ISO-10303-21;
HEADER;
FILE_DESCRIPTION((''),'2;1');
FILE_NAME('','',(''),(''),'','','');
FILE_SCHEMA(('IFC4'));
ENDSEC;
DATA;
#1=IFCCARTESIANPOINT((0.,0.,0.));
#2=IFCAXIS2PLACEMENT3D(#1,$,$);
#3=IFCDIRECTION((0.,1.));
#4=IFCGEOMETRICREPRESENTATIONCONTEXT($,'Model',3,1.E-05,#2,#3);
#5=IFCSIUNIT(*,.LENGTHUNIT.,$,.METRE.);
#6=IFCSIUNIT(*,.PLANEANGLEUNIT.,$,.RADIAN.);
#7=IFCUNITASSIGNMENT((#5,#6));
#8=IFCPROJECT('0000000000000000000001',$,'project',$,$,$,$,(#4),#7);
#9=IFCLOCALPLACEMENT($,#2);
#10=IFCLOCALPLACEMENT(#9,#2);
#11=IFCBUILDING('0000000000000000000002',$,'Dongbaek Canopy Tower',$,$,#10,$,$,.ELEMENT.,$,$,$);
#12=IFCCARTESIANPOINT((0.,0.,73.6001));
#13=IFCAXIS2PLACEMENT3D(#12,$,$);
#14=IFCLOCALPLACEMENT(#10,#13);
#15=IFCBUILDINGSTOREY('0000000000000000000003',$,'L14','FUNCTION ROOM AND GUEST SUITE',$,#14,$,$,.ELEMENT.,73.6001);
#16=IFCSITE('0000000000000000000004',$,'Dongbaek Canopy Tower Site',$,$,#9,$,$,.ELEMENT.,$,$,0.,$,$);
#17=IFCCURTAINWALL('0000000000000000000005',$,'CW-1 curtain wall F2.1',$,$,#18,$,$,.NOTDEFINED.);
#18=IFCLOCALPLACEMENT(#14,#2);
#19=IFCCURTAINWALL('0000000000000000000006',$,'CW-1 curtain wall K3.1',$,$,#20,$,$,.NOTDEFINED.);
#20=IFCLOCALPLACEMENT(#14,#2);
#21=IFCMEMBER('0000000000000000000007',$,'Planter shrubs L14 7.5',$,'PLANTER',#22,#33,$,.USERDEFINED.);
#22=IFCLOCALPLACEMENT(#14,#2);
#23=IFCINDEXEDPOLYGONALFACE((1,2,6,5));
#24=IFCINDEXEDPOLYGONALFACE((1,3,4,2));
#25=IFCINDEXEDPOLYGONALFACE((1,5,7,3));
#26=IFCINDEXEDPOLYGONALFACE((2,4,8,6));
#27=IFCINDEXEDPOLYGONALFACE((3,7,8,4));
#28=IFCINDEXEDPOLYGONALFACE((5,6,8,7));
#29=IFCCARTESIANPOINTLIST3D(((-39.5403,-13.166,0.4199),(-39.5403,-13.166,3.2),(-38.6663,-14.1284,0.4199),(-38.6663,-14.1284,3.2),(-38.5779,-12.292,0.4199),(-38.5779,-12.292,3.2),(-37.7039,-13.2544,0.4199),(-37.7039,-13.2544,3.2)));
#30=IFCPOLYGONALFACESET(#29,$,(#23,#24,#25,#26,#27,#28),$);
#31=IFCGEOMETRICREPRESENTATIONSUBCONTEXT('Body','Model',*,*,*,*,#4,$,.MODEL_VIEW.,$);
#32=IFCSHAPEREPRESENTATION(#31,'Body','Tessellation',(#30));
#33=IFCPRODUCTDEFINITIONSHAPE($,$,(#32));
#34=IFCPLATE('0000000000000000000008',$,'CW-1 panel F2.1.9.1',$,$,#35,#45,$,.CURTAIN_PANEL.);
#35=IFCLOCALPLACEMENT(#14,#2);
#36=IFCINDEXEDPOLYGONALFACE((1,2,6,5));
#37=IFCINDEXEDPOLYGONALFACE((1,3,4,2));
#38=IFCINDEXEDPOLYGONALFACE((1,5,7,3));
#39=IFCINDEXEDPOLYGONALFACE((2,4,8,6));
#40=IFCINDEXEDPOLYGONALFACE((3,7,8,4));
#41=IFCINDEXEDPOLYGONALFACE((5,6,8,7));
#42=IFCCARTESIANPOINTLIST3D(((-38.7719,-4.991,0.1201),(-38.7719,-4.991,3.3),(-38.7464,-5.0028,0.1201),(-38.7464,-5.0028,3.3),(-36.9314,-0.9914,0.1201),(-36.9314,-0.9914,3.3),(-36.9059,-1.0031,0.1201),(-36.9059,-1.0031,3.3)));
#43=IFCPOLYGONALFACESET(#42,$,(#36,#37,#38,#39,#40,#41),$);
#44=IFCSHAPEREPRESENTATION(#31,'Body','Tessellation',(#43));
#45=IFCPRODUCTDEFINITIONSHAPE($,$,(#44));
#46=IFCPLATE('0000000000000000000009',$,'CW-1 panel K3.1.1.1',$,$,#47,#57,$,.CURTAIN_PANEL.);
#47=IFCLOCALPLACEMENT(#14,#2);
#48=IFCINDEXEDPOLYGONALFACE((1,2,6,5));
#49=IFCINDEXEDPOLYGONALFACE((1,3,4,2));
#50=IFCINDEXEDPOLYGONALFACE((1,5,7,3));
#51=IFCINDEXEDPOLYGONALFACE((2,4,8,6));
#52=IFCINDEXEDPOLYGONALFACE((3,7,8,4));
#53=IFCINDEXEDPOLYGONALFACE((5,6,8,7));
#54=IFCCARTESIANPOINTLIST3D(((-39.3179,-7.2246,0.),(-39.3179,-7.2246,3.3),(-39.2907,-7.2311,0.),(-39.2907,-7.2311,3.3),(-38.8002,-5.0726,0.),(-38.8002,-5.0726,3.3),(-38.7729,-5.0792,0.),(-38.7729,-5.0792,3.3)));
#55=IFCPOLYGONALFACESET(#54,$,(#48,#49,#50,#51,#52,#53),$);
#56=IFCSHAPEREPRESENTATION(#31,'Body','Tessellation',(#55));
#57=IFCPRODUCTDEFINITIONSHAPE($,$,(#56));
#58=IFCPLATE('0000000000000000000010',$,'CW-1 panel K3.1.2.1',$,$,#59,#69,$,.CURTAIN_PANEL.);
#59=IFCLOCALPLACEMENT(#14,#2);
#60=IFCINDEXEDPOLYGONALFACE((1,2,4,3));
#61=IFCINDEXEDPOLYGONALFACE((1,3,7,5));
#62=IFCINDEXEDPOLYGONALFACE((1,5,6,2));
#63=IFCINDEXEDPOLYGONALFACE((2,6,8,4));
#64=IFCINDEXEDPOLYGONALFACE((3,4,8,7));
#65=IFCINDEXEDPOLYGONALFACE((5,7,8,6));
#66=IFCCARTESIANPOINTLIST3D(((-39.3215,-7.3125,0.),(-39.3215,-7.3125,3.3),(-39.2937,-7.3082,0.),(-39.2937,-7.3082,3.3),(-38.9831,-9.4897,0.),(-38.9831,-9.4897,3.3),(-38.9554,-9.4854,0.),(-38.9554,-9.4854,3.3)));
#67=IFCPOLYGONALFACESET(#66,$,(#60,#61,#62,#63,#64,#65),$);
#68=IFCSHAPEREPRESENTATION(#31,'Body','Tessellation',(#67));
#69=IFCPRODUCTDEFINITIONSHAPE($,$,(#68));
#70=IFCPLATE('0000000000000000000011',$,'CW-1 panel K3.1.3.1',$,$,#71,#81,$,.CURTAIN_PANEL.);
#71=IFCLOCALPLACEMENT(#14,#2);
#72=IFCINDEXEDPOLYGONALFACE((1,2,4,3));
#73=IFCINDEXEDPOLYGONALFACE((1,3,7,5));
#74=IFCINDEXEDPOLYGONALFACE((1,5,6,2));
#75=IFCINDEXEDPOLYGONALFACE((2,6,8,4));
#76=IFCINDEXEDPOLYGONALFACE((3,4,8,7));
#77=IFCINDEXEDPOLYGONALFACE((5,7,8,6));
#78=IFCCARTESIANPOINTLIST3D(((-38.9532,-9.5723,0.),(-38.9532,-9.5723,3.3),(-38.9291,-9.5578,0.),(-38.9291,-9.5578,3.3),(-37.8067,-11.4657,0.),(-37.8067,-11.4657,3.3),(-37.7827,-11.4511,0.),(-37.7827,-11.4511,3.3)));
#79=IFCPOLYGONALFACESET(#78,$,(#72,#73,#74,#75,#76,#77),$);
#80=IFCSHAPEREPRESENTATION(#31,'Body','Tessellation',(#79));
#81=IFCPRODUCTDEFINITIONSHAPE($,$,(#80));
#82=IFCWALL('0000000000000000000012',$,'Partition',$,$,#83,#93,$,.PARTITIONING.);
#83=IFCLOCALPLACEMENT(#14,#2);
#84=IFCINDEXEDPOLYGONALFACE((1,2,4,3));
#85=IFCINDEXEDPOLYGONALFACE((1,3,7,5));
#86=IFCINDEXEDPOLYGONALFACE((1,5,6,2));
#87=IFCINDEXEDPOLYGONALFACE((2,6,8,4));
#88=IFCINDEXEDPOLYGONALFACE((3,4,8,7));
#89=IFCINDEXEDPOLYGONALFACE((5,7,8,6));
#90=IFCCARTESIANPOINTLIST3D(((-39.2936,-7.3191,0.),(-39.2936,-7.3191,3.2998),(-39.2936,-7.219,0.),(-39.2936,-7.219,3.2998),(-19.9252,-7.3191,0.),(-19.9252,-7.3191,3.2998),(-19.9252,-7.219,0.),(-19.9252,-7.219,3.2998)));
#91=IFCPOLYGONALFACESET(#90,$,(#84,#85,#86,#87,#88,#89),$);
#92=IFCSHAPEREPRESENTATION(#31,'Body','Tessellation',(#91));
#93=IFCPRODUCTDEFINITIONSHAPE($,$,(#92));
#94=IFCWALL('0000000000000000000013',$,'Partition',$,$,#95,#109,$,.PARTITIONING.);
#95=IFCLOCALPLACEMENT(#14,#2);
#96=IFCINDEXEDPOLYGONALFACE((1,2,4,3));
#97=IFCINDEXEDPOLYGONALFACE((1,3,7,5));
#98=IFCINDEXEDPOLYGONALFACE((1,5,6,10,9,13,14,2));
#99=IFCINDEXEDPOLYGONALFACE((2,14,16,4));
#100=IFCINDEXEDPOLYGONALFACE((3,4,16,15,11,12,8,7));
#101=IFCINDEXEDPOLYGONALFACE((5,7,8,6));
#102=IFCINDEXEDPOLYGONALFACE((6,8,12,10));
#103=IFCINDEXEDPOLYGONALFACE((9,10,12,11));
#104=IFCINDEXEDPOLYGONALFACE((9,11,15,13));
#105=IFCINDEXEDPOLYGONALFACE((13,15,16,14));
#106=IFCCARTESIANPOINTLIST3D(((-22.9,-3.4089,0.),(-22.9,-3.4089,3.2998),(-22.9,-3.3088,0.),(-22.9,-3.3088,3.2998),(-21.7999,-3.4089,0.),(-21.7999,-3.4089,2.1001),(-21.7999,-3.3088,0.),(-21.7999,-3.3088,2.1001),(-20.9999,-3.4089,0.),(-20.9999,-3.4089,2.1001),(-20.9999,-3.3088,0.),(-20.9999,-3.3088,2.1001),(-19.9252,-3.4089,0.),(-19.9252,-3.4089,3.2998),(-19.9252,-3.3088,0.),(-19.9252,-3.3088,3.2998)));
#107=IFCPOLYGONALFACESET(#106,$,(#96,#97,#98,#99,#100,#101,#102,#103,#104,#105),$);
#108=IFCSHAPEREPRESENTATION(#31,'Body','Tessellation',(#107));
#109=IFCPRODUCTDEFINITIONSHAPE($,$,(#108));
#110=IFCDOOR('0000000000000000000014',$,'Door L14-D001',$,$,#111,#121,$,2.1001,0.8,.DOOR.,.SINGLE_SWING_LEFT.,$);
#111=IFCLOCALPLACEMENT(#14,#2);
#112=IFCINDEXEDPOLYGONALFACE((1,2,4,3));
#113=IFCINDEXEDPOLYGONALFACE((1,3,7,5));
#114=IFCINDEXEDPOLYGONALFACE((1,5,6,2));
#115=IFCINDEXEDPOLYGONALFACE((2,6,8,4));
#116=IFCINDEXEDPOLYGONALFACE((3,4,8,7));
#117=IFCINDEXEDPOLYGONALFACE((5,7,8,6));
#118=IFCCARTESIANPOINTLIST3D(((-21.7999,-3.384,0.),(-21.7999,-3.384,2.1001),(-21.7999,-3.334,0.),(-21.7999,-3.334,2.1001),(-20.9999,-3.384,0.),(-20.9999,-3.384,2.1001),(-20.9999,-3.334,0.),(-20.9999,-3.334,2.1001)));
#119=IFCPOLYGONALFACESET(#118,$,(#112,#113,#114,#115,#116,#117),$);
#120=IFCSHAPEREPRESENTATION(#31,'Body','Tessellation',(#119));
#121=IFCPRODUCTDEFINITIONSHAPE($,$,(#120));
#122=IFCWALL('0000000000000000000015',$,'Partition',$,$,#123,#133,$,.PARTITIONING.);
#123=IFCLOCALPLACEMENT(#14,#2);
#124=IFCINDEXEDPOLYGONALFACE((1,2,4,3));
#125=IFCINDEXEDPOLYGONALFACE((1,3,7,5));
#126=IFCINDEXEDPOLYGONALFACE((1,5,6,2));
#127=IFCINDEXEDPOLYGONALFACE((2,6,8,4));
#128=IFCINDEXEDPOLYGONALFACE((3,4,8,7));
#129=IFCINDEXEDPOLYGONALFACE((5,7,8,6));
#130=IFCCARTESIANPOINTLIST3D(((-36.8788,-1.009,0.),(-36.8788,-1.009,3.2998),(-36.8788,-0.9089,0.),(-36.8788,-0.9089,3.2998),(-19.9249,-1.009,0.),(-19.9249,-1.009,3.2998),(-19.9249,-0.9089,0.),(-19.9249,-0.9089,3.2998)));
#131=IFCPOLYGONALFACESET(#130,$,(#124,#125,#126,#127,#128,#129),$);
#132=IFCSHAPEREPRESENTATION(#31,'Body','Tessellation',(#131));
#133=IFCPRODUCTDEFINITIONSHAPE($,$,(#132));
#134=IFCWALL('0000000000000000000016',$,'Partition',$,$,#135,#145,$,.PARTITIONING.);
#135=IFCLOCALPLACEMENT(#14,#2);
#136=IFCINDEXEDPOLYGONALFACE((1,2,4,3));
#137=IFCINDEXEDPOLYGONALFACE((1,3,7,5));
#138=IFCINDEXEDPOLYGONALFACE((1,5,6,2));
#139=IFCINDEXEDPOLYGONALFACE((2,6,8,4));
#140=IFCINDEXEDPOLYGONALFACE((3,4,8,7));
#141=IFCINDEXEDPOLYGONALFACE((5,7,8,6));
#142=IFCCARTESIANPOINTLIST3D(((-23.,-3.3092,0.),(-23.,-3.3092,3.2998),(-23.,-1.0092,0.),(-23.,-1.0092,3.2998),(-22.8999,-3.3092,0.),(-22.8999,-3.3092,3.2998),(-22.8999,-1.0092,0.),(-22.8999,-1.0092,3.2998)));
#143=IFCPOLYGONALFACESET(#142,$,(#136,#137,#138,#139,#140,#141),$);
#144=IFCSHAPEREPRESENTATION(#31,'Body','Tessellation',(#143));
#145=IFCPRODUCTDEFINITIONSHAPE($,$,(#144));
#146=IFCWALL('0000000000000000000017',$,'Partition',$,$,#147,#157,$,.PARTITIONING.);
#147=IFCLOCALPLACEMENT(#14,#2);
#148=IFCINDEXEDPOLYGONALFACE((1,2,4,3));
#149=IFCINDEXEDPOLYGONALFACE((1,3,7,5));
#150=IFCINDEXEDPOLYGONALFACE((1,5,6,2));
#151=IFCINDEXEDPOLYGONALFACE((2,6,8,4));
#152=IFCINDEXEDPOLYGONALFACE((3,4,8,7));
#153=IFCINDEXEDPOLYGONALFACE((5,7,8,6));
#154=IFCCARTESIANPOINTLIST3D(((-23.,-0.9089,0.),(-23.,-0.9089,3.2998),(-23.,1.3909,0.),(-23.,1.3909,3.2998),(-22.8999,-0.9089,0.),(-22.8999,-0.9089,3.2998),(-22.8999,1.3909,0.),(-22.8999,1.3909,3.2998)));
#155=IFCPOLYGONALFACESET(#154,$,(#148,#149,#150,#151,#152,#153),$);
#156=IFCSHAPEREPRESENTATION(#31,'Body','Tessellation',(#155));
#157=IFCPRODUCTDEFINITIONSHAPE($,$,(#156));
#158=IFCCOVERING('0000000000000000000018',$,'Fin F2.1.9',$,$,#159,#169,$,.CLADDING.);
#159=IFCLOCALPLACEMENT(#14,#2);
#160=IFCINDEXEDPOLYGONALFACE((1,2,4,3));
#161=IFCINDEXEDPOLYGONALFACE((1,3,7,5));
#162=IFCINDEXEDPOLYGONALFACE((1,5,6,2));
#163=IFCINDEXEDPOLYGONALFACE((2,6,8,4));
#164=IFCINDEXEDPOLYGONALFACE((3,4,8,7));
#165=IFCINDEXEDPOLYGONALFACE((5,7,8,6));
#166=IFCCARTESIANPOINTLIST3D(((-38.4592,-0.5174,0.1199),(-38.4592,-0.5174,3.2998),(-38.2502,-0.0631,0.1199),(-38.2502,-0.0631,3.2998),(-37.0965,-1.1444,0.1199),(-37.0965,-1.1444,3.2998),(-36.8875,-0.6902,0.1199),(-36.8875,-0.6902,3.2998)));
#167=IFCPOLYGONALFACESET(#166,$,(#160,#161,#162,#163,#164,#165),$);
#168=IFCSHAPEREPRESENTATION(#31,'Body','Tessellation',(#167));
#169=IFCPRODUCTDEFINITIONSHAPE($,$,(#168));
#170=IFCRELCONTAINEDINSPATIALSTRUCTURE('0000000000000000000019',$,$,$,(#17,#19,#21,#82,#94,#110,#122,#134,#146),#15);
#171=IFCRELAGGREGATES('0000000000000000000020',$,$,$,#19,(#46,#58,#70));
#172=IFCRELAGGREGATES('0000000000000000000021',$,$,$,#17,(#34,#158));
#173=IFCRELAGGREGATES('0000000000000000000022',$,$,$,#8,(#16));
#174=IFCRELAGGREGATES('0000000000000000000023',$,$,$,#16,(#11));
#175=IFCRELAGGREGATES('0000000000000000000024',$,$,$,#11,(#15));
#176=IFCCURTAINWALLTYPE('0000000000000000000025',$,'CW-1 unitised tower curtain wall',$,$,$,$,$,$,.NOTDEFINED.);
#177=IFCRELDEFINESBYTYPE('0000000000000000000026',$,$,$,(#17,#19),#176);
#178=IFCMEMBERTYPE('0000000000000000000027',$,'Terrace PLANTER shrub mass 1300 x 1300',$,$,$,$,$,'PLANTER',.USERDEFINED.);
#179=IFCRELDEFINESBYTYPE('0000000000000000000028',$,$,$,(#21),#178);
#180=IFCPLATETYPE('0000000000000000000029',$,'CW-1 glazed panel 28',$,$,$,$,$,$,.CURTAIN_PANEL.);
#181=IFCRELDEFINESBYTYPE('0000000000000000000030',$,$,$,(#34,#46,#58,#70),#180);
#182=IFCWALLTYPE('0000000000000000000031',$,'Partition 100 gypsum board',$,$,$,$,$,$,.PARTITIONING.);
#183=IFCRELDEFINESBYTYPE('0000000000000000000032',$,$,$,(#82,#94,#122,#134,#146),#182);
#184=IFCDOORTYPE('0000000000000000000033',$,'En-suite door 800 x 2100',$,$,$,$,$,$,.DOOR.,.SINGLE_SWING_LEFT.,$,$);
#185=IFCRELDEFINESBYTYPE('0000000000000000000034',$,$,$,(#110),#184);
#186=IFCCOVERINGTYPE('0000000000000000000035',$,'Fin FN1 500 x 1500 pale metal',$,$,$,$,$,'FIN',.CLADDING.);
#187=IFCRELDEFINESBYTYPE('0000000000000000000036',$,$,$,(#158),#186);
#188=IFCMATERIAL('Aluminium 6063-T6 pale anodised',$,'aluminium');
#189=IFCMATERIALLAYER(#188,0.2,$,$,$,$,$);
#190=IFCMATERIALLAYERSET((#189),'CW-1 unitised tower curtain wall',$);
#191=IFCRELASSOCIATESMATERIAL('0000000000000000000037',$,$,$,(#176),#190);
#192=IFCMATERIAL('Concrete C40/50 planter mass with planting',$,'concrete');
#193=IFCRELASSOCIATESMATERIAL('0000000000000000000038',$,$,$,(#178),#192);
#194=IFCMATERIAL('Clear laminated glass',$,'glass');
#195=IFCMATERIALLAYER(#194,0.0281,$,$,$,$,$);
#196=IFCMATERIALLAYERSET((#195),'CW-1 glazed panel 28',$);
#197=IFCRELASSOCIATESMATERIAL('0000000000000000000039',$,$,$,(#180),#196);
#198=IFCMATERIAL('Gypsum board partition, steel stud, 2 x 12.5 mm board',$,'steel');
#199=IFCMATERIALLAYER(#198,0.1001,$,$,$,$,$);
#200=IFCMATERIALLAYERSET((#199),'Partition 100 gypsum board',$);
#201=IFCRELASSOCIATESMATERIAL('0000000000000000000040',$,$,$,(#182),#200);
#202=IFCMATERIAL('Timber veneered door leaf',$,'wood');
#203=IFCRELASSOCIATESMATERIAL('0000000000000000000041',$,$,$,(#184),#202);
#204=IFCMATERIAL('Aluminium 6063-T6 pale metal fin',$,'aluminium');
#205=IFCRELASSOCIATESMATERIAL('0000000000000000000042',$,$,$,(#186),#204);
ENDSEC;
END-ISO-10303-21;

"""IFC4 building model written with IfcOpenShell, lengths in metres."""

from ifc_helpers import new_model, si_unit, direction, frame, frame_2d, origin, origin_2d, place, context, subcontext, project, spatial, rectangle, extrude, material, layer, layer_set, material_profile, profile_set, type_object, element, fill, aggregate, save


model = new_model("IFC4")

# Units and contexts
model_context = context("Model", 3, precision=1e-05, world=origin(), true_north=direction((0.0, 1.0)))
body_context = subcontext(model_context, "Body", "Model", "MODEL_VIEW")
ifc_project = project(units=[si_unit("LENGTHUNIT", "METRE"), si_unit("PLANEANGLEUNIT", "RADIAN")], contexts=[model_context])

# Site, building, storey
site_placement = place(None, origin())
site = spatial("IfcSite", under=ifc_project, at=site_placement, Name="Dongbaek Canopy Tower Site", CompositionType="ELEMENT", RefElevation=0.0)
building_placement = place(site_placement, origin())
building = spatial("IfcBuilding", under=site, at=building_placement, Name="Dongbaek Canopy Tower", CompositionType="ELEMENT")
storey_placement = place(building_placement, frame((0.0, 0.0, 73.6001)))
storey = spatial("IfcBuildingStorey", under=building, at=storey_placement, Name="L14", Description="FUNCTION ROOM AND GUEST SUITE", CompositionType="ELEMENT", Elevation=73.6001)

# Curtain walls
ifc_material_1 = material(Name="Aluminium 6063-T6 pale anodised", Category="aluminium")
ifc_layer_1 = layer(ifc_material_1, 0.2)
ifc_layer_set_1 = layer_set([ifc_layer_1], Name="CW-1 unitised tower curtain wall")
curtain_wall_type = type_object("IfcCurtainWallType", Name="CW-1 unitised tower curtain wall", PredefinedType="NOTDEFINED", material=ifc_layer_set_1)
curtain_wall_1_placement = place(storey_placement, origin())
curtain_wall_1 = element("IfcCurtainWall", 1, at=curtain_wall_1_placement, inside=storey, type_object=curtain_wall_type, Name="CW-1 curtain wall F2.1", PredefinedType="NOTDEFINED")
curtain_wall_2_placement = place(storey_placement, origin())
curtain_wall_2 = element("IfcCurtainWall", 2, at=curtain_wall_2_placement, inside=storey, type_object=curtain_wall_type, Name="CW-1 curtain wall K3.1", PredefinedType="NOTDEFINED")

# Member
ifc_material_2 = material(Name="Concrete C40/50 planter mass with planting", Category="concrete")
ifc_material_profile_1 = material_profile(ifc_material_2, rectangle(XDim=1.3, YDim=1.3, at=origin_2d()), Name="Terrace PLANTER shrub mass 1300 x 1300")
ifc_profile_set_1 = profile_set([ifc_material_profile_1], Name="Concrete C40/50 planter mass with planting")
member_type_1 = type_object("IfcMemberType", Name="Terrace PLANTER shrub mass 1300 x 1300", ElementType="PLANTER", PredefinedType="USERDEFINED", material=ifc_profile_set_1)
member_1_placement = place(storey_placement, frame((-38.6221, -13.2102, 0.4199), z_axis=(0.0, 0.0, 1.0), x_axis=(-0.740276, -0.672303, 0.0)))
element("IfcMember", 3, at=member_1_placement, inside=storey, type_object=member_type_1, Name="Planter shrubs L14 7.5", ObjectType="PLANTER", PredefinedType="USERDEFINED", context=body_context, shape_type="SweptSolid", body=[
    extrude(rectangle(XDim=1.3, YDim=1.3, at=origin_2d()), origin(), (0.0, 0.0, 1.0), 2.78),
])

# Plates
ifc_material_3 = material(Name="Clear laminated glass", Category="glass")
ifc_layer_2 = layer(ifc_material_3, 0.0281)
ifc_layer_set_2 = layer_set([ifc_layer_2], Name="CW-1 glazed panel 28")
plate_type = type_object("IfcPlateType", Name="CW-1 glazed panel 28", PredefinedType="CURTAIN_PANEL", material=ifc_layer_set_2)
plate_1_placement = place(storey_placement, frame((-37.8389, -2.9971, 0.1201), z_axis=(0.0, 0.0, 1.0), x_axis=(-0.418025, -0.908436, 0.0)))
plate_1 = element("IfcPlate", 4, at=plate_1_placement, type_object=plate_type, Name="CW-1 panel F2.1.9.1", PredefinedType="CURTAIN_PANEL", context=body_context, shape_type="SweptSolid", body=[
    extrude(rectangle(XDim=4.4028, YDim=0.0281, at=origin_2d()), origin(), (0.0, 0.0, 1.0), 3.1799),
])
plate_2_placement = place(storey_placement, frame((-39.0454, -6.1519, 0.0), z_axis=(0.0, 0.0, 1.0), x_axis=(-0.233932, -0.972253, 0.0)))
plate_2 = element("IfcPlate", 5, at=plate_2_placement, type_object=plate_type, Name="CW-1 panel K3.1.1.1", PredefinedType="CURTAIN_PANEL", context=body_context, shape_type="SweptSolid", body=[
    extrude(rectangle(XDim=2.2134, YDim=0.0281, at=origin_2d()), origin(), (0.0, 0.0, 1.0), 3.3),
])
plate_3_placement = place(storey_placement, frame((-39.1384, -8.3989, 0.0), z_axis=(0.0, 0.0, 1.0), x_axis=(0.153569, -0.988138, 0.0)))
plate_3 = element("IfcPlate", 6, at=plate_3_placement, type_object=plate_type, Name="CW-1 panel K3.1.2.1", PredefinedType="CURTAIN_PANEL", context=body_context, shape_type="SweptSolid", body=[
    extrude(rectangle(XDim=2.2034, YDim=0.0281, at=origin_2d()), origin(), (0.0, 0.0, 1.0), 3.3),
])
plate_4_placement = place(storey_placement, frame((-38.3679, -10.5117, 0.0), z_axis=(0.0, 0.0, 1.0), x_axis=(0.517971, -0.855398, 0.0)))
plate_4 = element("IfcPlate", 7, at=plate_4_placement, type_object=plate_type, Name="CW-1 panel K3.1.3.1", PredefinedType="CURTAIN_PANEL", context=body_context, shape_type="SweptSolid", body=[
    extrude(rectangle(XDim=2.2134, YDim=0.0281, at=origin_2d()), origin(), (0.0, 0.0, 1.0), 3.3),
])
aggregate(curtain_wall_2, [plate_2, plate_3, plate_4])

# Wall
ifc_material_4 = material(Name="Gypsum board partition, steel stud, 2 x 12.5 mm board", Category="steel")
ifc_layer_3 = layer(ifc_material_4, 0.1001)
ifc_layer_set_3 = layer_set([ifc_layer_3], Name="Partition 100 gypsum board")
wall_type_1 = type_object("IfcWallType", Name="Partition 100 gypsum board", PredefinedType="PARTITIONING", material=ifc_layer_set_3)
wall_1_placement = place(storey_placement, frame((-39.2935, -7.269, 0.0), z_axis=(0.0, 0.0, 1.0), x_axis=(1.0, 0.0, 0.0)))
element("IfcWall", 8, at=wall_1_placement, inside=storey, type_object=wall_type_1, Name="Partition", PredefinedType="PARTITIONING", context=body_context, shape_type="SweptSolid", body=[
    extrude(rectangle(XDim=19.3684, YDim=0.1001, at=frame_2d((9.6841, 0.0))), origin(), (0.0, 0.0, 1.0), 3.2998),
])

# Wall, opening, door
wall_2_placement = place(storey_placement, frame((-22.8999, -3.3589, 0.0), z_axis=(0.0, 0.0, 1.0), x_axis=(1.0, 0.0, 0.0)))
wall_2 = element("IfcWall", 9, at=wall_2_placement, inside=storey, type_object=wall_type_1, Name="Partition", PredefinedType="PARTITIONING", context=body_context, shape_type="SweptSolid", body=[
    extrude(rectangle(XDim=2.9749, YDim=0.1001, at=frame_2d((1.4873, 0.0))), origin(), (0.0, 0.0, 1.0), 3.2998),
])
opening_1_placement = place(wall_2_placement, frame((1.1001, 0.0, 0.0)))
opening_1 = element("IfcOpeningElement", 10, at=opening_1_placement, cuts=wall_2, PredefinedType="OPENING", context=body_context, shape_type="SweptSolid", body=[
    extrude(rectangle(XDim=0.8, YDim=2.1001, at=frame_2d((0.3999, 1.05))), frame((0.0, 0.0601, 0.0), z_axis=(0.0, -1.0, 0.0), x_axis=(1.0, 0.0, 0.0)), (0.0, 0.0, 1.0), 0.1201),
])
ifc_material_5 = material(Name="Timber veneered door leaf", Category="wood")
door_type_1 = type_object("IfcDoorType", Name="En-suite door 800 x 2100", OperationType="SINGLE_SWING_LEFT", PredefinedType="DOOR", material=ifc_material_5)
door_1_placement = place(opening_1_placement, origin())
door_1 = element("IfcDoor", 11, at=door_1_placement, inside=storey, type_object=door_type_1, Name="Door L14-D001", OperationType="SINGLE_SWING_LEFT", OverallHeight=2.1001, OverallWidth=0.8, PredefinedType="DOOR", context=body_context, shape_type="SweptSolid", body=[
    extrude(rectangle(XDim=0.8, YDim=2.1001, at=frame_2d((0.3999, 1.05))), frame((0.0, 0.0249, 0.0), z_axis=(0.0, -1.0, 0.0), x_axis=(1.0, 0.0, 0.0)), (0.0, 0.0, 1.0), 0.05),
])
fill(opening_1, door_1)

# Walls
wall_3_placement = place(storey_placement, frame((-36.8789, -0.959, 0.0), z_axis=(0.0, 0.0, 1.0), x_axis=(1.0, 0.0, 0.0)))
element("IfcWall", 12, at=wall_3_placement, inside=storey, type_object=wall_type_1, Name="Partition", PredefinedType="PARTITIONING", context=body_context, shape_type="SweptSolid", body=[
    extrude(rectangle(XDim=16.9539, YDim=0.1001, at=frame_2d((8.4771, 0.0))), origin(), (0.0, 0.0, 1.0), 3.2998),
])
wall_4_placement = place(storey_placement, frame((-22.95, -3.3091, 0.0), z_axis=(0.0, 0.0, 1.0), x_axis=(0.0, 1.0, 0.0)))
element("IfcWall", 13, at=wall_4_placement, inside=storey, type_object=wall_type_1, Name="Partition", PredefinedType="PARTITIONING", context=body_context, shape_type="SweptSolid", body=[
    extrude(rectangle(XDim=2.3, YDim=0.1001, at=frame_2d((1.1499, 0.0))), origin(), (0.0, 0.0, 1.0), 3.2998),
])
wall_5_placement = place(storey_placement, frame((-22.95, -0.9089, 0.0), z_axis=(0.0, 0.0, 1.0), x_axis=(0.0, 1.0, 0.0)))
element("IfcWall", 14, at=wall_5_placement, inside=storey, type_object=wall_type_1, Name="Partition", PredefinedType="PARTITIONING", context=body_context, shape_type="SweptSolid", body=[
    extrude(rectangle(XDim=2.2998, YDim=0.1001, at=frame_2d((1.1499, 0.0))), origin(), (0.0, 0.0, 1.0), 3.2998),
])

# Covering
ifc_material_6 = material(Name="Aluminium 6063-T6 pale metal fin", Category="aluminium")
ifc_material_profile_2 = material_profile(ifc_material_6, rectangle(XDim=1.5, YDim=0.5, at=origin_2d()), Name="Fin FN1 500 x 1500 pale metal")
ifc_profile_set_2 = profile_set([ifc_material_profile_2], Name="Aluminium 6063-T6 pale metal fin")
covering_type = type_object("IfcCoveringType", Name="Fin FN1 500 x 1500 pale metal", ElementType="FIN", PredefinedType="CLADDING", material=ifc_profile_set_2)
covering_placement = place(storey_placement, frame((-37.6733, -0.6038, 0.1199), z_axis=(0.0, 0.0, 1.0), x_axis=(-0.908436, 0.418025, 0.0)))
covering = element("IfcCovering", 15, at=covering_placement, type_object=covering_type, Name="Fin F2.1.9", PredefinedType="CLADDING", context=body_context, shape_type="SweptSolid", body=[
    extrude(rectangle(XDim=1.5, YDim=0.5, at=origin_2d()), origin(), (0.0, 0.0, 1.0), 3.1799),
])
aggregate(curtain_wall_1, [plate_1, covering])

save(model, "model.ifc")
